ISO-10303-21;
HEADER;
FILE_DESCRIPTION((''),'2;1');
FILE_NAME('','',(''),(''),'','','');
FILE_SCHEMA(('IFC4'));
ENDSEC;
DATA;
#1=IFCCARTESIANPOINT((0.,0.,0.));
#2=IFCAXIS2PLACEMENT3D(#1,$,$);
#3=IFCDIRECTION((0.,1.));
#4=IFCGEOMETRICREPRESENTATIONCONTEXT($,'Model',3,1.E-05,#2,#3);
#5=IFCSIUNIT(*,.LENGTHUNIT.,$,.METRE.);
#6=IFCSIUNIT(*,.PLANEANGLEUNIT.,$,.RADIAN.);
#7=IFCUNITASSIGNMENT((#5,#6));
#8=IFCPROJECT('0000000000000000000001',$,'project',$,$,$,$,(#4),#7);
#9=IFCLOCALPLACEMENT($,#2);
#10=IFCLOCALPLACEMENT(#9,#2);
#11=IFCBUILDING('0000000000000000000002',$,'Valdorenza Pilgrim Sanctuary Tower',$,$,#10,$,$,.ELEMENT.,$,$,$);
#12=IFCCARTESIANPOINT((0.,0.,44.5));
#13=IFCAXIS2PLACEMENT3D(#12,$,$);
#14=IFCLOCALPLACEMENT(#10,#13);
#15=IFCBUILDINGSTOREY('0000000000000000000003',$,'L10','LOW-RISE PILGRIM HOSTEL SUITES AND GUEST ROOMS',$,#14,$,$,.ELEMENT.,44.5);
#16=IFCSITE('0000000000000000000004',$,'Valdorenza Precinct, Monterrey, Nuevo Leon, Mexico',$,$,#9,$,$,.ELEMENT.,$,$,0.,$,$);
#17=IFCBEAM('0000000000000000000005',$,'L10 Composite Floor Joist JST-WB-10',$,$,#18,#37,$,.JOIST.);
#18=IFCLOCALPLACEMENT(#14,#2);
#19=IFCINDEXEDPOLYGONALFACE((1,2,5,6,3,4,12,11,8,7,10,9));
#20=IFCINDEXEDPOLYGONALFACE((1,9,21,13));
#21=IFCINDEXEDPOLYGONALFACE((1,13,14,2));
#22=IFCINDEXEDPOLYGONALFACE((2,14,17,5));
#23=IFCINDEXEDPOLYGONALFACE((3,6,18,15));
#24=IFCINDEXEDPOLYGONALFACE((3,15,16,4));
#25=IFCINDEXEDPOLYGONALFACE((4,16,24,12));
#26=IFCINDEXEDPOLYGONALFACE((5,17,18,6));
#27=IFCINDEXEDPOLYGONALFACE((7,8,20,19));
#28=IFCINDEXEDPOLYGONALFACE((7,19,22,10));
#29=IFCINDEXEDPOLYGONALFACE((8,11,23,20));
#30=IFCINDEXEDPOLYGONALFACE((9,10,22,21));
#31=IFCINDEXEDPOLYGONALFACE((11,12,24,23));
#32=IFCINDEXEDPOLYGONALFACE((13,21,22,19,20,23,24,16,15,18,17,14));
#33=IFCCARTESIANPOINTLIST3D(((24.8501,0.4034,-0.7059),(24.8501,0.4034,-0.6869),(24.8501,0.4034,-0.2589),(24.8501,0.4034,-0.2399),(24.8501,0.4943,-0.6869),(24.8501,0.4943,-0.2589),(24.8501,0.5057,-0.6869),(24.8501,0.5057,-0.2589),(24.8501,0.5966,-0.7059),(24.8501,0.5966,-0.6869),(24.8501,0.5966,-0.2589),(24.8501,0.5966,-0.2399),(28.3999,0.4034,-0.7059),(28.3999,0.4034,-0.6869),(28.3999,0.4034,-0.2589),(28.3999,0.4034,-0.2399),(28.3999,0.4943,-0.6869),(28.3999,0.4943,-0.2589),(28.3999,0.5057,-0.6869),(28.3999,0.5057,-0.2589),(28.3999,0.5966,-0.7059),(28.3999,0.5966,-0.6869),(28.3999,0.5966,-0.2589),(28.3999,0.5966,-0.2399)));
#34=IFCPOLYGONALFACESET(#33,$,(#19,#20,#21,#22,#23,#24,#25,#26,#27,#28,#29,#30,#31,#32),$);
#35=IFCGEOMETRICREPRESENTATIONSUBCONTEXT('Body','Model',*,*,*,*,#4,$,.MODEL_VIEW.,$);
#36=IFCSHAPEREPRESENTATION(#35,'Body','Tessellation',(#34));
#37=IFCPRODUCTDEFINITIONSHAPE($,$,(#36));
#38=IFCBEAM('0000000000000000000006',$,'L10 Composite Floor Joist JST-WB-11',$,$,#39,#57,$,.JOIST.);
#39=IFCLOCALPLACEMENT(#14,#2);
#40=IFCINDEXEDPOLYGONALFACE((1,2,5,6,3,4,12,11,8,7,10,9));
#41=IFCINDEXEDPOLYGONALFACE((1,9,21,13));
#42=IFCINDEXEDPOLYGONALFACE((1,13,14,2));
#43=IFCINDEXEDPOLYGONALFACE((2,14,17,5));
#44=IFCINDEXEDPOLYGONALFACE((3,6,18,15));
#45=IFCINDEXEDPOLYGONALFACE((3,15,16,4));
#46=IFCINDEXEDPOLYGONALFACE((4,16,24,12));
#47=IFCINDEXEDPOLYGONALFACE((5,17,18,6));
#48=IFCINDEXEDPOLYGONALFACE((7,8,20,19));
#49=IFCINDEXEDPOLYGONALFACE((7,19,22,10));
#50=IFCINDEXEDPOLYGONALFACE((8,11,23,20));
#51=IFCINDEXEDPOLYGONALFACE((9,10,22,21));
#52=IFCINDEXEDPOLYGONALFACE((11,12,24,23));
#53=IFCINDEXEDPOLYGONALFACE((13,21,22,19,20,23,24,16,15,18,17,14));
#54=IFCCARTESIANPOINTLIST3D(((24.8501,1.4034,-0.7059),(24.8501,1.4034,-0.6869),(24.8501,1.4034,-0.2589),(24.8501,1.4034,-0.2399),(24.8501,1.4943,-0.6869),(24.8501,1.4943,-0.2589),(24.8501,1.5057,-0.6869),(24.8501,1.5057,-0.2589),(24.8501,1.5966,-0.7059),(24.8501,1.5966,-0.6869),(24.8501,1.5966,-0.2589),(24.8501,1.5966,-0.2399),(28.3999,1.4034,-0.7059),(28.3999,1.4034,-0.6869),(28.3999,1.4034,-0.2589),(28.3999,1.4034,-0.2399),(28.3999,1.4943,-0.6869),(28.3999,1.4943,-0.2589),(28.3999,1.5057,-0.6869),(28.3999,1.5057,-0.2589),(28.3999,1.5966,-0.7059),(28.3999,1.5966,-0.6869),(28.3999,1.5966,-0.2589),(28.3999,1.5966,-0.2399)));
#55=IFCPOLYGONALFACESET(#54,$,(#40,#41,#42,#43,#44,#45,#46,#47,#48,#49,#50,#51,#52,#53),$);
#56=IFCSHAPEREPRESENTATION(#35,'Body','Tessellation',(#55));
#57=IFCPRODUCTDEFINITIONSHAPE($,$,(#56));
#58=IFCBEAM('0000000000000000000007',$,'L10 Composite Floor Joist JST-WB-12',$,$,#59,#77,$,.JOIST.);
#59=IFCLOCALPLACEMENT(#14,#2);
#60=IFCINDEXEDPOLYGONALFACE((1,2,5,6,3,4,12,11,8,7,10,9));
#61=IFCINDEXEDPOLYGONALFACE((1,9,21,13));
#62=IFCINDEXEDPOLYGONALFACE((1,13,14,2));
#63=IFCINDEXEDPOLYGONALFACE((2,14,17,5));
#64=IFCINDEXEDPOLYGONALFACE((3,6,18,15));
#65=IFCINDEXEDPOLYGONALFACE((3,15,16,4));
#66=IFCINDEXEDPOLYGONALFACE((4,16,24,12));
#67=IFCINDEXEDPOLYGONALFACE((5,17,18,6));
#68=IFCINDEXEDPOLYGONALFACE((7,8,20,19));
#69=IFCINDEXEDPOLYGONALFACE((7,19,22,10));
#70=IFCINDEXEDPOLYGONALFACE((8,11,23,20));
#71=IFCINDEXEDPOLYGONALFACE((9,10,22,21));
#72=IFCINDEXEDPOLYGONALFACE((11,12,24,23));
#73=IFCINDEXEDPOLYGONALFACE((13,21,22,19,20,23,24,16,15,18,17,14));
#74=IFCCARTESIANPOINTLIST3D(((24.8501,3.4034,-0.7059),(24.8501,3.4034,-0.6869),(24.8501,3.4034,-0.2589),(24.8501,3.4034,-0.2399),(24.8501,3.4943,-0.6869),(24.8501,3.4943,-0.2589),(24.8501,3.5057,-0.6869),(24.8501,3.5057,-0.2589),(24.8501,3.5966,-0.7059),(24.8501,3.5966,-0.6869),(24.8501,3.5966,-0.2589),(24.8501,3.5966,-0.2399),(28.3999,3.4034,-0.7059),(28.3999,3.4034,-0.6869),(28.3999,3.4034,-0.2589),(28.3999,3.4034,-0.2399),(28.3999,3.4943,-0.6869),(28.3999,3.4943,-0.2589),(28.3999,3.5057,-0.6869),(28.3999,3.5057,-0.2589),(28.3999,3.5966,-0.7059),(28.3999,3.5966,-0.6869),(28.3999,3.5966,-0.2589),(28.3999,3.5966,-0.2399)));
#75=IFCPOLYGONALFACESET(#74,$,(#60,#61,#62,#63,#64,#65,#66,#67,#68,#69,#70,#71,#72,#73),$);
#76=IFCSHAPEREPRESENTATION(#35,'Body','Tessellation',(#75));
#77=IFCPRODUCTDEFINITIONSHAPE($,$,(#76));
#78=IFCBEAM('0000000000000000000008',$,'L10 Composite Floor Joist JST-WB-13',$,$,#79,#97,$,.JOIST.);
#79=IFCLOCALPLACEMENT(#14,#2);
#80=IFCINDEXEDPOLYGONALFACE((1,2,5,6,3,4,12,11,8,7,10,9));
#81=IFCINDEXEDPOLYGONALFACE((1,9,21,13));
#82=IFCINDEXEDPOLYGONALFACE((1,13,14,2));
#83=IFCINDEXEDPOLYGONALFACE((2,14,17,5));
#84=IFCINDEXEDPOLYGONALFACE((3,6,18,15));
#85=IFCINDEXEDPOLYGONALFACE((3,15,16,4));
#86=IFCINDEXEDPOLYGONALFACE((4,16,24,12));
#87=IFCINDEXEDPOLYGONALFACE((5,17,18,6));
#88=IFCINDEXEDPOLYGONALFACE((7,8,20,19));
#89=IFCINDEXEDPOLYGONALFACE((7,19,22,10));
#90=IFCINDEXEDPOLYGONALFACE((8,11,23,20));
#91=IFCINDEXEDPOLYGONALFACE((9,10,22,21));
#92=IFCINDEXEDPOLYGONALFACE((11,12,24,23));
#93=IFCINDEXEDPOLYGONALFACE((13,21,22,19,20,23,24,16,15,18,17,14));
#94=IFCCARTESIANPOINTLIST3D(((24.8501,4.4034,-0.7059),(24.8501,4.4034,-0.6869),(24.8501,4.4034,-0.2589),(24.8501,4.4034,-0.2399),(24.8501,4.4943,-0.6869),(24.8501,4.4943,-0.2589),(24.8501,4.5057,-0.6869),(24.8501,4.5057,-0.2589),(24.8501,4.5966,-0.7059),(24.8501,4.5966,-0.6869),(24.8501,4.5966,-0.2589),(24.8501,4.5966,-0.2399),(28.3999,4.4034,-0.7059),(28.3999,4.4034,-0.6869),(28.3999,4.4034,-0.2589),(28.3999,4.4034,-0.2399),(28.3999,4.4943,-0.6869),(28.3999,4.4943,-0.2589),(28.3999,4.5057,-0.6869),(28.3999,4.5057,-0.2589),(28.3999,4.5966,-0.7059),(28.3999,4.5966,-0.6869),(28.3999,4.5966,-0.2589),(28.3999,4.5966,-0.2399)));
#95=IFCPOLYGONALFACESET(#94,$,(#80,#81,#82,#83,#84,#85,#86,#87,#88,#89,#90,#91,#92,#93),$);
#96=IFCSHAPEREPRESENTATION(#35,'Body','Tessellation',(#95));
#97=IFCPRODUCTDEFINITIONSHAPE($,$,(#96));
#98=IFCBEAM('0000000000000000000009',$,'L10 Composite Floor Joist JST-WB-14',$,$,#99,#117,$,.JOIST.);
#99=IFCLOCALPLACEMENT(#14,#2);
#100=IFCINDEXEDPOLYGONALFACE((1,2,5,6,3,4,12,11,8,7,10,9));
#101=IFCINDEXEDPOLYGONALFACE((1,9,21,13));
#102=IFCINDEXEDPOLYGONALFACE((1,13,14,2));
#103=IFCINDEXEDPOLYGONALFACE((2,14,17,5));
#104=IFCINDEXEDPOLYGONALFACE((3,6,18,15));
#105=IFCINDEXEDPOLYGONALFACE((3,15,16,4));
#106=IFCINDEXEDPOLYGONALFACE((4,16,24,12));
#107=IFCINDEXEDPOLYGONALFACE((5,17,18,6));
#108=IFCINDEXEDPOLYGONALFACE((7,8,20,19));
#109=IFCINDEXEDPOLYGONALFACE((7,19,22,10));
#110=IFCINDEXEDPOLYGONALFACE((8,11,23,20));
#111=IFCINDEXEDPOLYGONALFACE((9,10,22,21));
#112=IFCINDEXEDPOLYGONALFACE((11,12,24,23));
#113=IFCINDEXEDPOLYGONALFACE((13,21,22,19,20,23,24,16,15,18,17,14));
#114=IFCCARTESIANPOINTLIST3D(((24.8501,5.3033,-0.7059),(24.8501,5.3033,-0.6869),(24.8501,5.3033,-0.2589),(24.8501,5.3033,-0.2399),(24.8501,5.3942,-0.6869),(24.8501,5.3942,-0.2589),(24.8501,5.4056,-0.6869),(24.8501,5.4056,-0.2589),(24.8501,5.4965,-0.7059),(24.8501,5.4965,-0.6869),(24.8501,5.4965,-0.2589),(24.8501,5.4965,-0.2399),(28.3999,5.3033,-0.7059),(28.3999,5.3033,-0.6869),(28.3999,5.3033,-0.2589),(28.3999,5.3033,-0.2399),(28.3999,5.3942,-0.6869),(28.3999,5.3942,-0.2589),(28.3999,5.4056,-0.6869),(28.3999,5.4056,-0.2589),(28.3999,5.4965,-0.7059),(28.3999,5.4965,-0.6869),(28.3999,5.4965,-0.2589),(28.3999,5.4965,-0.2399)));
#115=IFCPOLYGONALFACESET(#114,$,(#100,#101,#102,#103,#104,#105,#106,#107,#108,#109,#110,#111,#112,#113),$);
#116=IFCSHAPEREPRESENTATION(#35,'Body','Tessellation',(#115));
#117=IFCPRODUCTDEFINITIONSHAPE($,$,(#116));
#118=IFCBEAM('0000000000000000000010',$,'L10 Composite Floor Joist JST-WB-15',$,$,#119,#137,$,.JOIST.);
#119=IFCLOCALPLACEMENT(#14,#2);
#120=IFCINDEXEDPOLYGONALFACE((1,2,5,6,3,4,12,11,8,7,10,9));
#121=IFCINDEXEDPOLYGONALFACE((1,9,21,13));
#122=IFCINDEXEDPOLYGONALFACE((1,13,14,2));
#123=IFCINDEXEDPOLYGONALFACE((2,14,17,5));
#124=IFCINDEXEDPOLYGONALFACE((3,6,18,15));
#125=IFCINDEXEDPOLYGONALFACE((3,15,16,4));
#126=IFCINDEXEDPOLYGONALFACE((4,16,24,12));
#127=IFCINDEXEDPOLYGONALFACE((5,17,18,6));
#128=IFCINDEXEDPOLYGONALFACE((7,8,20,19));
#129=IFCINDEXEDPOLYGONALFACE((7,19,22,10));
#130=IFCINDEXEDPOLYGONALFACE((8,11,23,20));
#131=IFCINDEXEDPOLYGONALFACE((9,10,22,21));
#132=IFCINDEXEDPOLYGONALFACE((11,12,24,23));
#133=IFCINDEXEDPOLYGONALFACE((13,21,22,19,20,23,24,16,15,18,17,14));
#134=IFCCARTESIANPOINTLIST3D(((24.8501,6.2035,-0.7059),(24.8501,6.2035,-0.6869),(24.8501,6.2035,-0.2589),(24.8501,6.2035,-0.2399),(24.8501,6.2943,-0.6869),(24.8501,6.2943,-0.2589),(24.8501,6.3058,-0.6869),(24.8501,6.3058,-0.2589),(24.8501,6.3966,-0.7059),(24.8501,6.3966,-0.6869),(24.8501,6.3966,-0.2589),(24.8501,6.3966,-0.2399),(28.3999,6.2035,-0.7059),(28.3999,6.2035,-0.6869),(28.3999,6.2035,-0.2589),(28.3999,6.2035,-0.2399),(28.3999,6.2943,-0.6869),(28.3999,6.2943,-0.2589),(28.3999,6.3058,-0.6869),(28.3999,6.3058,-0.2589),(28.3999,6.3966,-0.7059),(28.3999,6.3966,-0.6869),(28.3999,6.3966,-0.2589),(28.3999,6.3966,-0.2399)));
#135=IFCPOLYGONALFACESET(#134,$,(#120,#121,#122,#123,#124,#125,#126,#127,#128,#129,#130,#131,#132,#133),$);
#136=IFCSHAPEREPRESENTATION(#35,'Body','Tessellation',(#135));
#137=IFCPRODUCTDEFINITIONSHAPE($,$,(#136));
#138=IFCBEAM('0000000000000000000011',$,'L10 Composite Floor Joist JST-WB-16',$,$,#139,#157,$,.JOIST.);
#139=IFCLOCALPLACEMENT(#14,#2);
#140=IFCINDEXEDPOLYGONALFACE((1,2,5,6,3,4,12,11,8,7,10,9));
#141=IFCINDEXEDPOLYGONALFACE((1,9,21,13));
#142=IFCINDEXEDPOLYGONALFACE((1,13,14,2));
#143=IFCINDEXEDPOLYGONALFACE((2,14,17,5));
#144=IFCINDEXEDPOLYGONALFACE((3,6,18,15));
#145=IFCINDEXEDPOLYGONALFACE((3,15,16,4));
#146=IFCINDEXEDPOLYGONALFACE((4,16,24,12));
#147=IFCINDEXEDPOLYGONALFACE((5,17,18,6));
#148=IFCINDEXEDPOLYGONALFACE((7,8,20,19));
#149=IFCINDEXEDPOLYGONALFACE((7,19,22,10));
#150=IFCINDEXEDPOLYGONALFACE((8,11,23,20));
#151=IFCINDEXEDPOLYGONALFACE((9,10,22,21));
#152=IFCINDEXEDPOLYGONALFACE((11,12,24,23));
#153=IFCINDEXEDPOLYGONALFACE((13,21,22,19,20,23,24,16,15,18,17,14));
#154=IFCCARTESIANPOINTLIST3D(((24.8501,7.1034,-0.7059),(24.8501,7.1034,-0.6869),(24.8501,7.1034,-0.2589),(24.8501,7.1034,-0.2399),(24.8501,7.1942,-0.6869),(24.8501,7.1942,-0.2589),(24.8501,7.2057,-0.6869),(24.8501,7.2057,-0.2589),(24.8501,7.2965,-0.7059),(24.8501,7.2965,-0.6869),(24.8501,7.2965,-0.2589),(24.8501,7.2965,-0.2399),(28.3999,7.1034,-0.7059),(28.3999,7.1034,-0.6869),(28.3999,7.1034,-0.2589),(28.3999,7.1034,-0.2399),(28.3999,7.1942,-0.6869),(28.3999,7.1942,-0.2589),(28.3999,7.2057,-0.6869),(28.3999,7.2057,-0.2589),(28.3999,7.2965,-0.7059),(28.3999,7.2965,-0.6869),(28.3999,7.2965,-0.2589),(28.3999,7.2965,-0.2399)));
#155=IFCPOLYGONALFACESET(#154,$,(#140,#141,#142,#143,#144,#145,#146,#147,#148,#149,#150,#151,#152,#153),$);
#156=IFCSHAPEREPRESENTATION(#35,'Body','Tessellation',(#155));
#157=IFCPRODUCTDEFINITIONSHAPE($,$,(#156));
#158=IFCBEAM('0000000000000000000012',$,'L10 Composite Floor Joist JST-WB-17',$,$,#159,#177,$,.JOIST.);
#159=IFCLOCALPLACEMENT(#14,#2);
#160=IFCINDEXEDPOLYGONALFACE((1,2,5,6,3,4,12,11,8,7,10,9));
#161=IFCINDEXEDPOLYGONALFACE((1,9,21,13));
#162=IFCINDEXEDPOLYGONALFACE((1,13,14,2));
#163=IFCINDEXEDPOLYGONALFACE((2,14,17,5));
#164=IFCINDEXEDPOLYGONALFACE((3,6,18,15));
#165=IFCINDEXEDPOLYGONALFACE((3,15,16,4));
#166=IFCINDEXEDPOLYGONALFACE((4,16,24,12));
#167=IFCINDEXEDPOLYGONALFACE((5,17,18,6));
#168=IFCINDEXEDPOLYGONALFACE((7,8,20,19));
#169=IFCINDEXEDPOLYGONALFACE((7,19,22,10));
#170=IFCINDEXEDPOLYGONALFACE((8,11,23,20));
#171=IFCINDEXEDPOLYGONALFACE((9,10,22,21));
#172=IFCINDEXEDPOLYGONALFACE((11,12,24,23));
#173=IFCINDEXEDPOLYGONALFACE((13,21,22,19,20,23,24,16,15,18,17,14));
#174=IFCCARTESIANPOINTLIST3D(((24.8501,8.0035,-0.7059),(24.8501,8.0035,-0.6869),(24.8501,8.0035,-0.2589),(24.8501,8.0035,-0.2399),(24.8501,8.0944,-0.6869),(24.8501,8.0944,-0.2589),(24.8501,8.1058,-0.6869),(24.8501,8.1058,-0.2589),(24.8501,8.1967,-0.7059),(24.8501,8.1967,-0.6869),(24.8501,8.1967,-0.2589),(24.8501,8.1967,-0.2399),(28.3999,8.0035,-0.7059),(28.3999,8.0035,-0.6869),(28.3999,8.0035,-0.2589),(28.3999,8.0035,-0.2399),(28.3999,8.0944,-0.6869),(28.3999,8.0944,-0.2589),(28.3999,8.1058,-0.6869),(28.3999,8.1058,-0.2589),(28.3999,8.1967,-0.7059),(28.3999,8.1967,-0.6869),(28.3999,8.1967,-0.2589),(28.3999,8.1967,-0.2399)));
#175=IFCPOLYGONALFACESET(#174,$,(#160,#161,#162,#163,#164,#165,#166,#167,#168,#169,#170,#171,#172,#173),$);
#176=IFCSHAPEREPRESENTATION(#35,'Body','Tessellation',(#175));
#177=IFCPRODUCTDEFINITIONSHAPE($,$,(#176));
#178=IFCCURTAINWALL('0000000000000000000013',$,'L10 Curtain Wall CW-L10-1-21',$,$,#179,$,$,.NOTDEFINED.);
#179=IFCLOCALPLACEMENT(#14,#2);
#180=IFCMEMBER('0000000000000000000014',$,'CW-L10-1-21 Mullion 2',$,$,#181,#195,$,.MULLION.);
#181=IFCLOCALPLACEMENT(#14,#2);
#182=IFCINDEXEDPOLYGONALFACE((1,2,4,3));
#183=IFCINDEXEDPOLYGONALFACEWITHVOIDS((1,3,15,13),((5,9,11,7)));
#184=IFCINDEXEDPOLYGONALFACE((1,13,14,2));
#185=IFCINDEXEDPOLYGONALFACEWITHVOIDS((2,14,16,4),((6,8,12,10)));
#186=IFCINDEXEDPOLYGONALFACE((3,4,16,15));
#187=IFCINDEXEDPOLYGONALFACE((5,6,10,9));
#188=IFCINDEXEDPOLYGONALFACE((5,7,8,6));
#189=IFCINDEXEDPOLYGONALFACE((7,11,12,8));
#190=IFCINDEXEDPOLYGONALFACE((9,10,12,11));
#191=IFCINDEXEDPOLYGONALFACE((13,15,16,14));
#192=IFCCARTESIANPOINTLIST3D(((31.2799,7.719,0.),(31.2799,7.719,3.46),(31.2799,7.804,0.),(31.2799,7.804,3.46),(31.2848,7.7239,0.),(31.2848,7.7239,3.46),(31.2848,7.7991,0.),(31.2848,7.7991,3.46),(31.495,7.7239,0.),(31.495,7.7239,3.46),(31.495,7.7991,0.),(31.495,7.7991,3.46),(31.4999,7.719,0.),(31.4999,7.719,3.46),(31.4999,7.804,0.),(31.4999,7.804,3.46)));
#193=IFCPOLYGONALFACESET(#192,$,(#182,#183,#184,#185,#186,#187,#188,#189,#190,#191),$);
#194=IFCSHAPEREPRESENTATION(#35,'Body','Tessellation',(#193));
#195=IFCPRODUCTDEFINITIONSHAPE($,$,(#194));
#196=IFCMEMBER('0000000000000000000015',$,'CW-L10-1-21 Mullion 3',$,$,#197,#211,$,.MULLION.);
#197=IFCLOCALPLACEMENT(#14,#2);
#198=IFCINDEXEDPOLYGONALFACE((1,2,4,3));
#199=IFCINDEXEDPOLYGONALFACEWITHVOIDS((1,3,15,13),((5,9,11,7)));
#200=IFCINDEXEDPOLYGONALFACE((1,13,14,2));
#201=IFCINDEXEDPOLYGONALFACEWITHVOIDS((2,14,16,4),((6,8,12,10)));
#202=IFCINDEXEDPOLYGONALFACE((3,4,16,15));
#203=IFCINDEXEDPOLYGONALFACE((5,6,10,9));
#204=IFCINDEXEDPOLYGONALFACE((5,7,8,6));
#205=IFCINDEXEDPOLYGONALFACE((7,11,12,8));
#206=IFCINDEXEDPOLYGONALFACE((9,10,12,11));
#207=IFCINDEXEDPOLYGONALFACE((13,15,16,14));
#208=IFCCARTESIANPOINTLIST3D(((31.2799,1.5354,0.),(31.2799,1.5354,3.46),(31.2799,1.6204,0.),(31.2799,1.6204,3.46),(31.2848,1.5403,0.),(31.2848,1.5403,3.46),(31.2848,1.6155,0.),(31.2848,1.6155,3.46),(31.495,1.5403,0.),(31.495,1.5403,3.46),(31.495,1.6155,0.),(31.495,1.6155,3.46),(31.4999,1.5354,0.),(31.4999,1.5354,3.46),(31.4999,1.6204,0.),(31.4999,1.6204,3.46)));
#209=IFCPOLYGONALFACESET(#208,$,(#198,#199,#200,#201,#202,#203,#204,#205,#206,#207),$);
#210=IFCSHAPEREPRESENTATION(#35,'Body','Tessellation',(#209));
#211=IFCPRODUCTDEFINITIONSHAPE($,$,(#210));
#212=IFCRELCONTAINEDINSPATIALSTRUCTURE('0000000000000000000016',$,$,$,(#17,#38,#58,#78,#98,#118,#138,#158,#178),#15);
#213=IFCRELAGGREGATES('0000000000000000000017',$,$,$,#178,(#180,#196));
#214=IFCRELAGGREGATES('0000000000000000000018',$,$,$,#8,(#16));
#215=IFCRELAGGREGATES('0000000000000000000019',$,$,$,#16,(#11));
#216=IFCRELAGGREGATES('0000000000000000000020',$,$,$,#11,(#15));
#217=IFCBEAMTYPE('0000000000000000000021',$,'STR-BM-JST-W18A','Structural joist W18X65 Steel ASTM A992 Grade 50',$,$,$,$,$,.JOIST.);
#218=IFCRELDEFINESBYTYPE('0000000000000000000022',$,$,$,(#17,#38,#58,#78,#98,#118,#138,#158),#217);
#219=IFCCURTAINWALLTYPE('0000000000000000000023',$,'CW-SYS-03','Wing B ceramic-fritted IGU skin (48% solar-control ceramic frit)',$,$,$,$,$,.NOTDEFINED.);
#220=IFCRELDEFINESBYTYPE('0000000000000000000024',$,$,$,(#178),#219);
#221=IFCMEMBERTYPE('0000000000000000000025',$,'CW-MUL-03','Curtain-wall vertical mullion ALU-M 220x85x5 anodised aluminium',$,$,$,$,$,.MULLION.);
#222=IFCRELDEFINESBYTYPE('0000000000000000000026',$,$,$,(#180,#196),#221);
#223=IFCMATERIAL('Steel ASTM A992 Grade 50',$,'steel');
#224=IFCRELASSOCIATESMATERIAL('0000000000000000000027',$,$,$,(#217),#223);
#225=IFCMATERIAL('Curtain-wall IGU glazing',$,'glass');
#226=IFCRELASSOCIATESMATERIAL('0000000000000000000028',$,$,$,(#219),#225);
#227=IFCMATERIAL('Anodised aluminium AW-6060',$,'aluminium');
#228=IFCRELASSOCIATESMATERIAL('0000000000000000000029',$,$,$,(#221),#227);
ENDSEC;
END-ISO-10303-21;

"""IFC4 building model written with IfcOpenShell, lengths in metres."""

from ifc_helpers import new_model, si_unit, direction, frame, origin, origin_2d, place, context, subcontext, project, spatial, hollow_rectangle, i_section, extrude, source, transform, mapped, material, material_profile, profile_set, type_object, element, aggregate, save


model = new_model("IFC4")

# Units and contexts
model_context = context("Model", 3, precision=1e-05, world=origin(), true_north=direction((0.0, 1.0)))
body_context = subcontext(model_context, "Body", "Model", "MODEL_VIEW")
ifc_project = project(units=[si_unit("LENGTHUNIT", "METRE"), si_unit("PLANEANGLEUNIT", "RADIAN")], contexts=[model_context])

# Site, building, storey
site_placement = place(None, origin())
site = spatial("IfcSite", under=ifc_project, at=site_placement, Name="Valdorenza Precinct, Monterrey, Nuevo Leon, Mexico", CompositionType="ELEMENT", RefElevation=0.0)
building_placement = place(site_placement, origin())
building = spatial("IfcBuilding", under=site, at=building_placement, Name="Valdorenza Pilgrim Sanctuary Tower", CompositionType="ELEMENT")
storey_placement = place(building_placement, frame((0.0, 0.0, 44.5)))
storey = spatial("IfcBuildingStorey", under=building, at=storey_placement, Name="L10", Description="LOW-RISE PILGRIM HOSTEL SUITES AND GUEST ROOMS", CompositionType="ELEMENT", Elevation=44.5)

# Beams
ifc_material_1 = material(Name="Steel ASTM A992 Grade 50", Category="steel")
ifc_material_profile_1 = material_profile(ifc_material_1, i_section(OverallWidth=0.1931, OverallDepth=0.4661, WebThickness=0.0115, FlangeThickness=0.019, at=origin_2d()), Name="W18X65")
ifc_profile_set_1 = profile_set([ifc_material_profile_1], Name="Steel ASTM A992 Grade 50")
beam_type = type_object("IfcBeamType", Name="STR-BM-JST-W18A", Description="Structural joist W18X65 Steel ASTM A992 Grade 50", PredefinedType="JOIST", material=ifc_profile_set_1)
shared_shape_1 = source(origin(), body_context, "Body", "SweptSolid", [
    extrude(i_section(OverallWidth=0.1931, OverallDepth=0.4661, WebThickness=0.0115, FlangeThickness=0.019, at=origin_2d()), origin(), (0.0, 0.0, 1.0), 3.5498),
])
for number, where, z_axis, x_axis, name in (
    (1, (24.8501, 0.5, -0.4729), (1.0, 0.0, 0.0), (0.0, 1.0, 0.0), "L10 Composite Floor Joist JST-WB-10"),
    (2, (24.8501, 1.5, -0.4729), (1.0, 0.0, 0.0), (0.0, 1.0, 0.0), "L10 Composite Floor Joist JST-WB-11"),
    (3, (24.8501, 3.5, -0.4729), (1.0, 0.0, 0.0), (0.0, 1.0, 0.0), "L10 Composite Floor Joist JST-WB-12"),
    (4, (24.8501, 4.5, -0.4729), (1.0, 0.0, 0.0), (0.0, 1.0, 0.0), "L10 Composite Floor Joist JST-WB-13"),
    (5, (24.8501, 5.3999, -0.4729), (1.0, 0.0, 0.0), (0.0, 1.0, 0.0), "L10 Composite Floor Joist JST-WB-14"),
    (6, (24.8501, 6.3, -0.4729), (1.0, 0.0, 0.0), (0.0, 1.0, 0.0), "L10 Composite Floor Joist JST-WB-15"),
    (7, (24.8501, 7.2, -0.4729), (1.0, 0.0, 0.0), (0.0, 1.0, 0.0), "L10 Composite Floor Joist JST-WB-16"),
    (8, (24.8501, 8.1001, -0.4729), (1.0, 0.0, 0.0), (0.0, 1.0, 0.0), "L10 Composite Floor Joist JST-WB-17"),
):
    element("IfcBeam", number, at=place(storey_placement, frame(where, z_axis=z_axis, x_axis=x_axis)), inside=storey, type_object=beam_type, Name=name, PredefinedType="JOIST", context=body_context, shape_type="MappedRepresentation", body=[
        mapped(shared_shape_1, transform((0.0, 0.0, 0.0), x_axis=(1.0, 0.0, 0.0), y_axis=(0.0, 1.0, 0.0), z_axis=(0.0, 0.0, 1.0), scale=1.0)),
    ])

# Curtain wall, members
ifc_material_2 = material(Name="Curtain-wall IGU glazing", Category="glass")
curtain_wall_type = type_object("IfcCurtainWallType", Name="CW-SYS-03", Description="Wing B ceramic-fritted IGU skin (48% solar-control ceramic frit)", PredefinedType="NOTDEFINED", material=ifc_material_2)
curtain_wall_placement = place(storey_placement, origin())
curtain_wall = element("IfcCurtainWall", 9, at=curtain_wall_placement, inside=storey, type_object=curtain_wall_type, Name="L10 Curtain Wall CW-L10-1-21", PredefinedType="NOTDEFINED")
ifc_material_3 = material(Name="Anodised aluminium AW-6060", Category="aluminium")
ifc_material_profile_2 = material_profile(ifc_material_3, hollow_rectangle(XDim=0.085, YDim=0.22, WallThickness=0.0049, at=origin_2d()), Name="ALU-M 220x85x5")
ifc_profile_set_2 = profile_set([ifc_material_profile_2], Name="Anodised aluminium AW-6060")
member_type = type_object("IfcMemberType", Name="CW-MUL-03", Description="Curtain-wall vertical mullion ALU-M 220x85x5 anodised aluminium", PredefinedType="MULLION", material=ifc_profile_set_2)
shared_shape_2 = source(origin(), body_context, "Body", "SweptSolid", [
    extrude(hollow_rectangle(XDim=0.085, YDim=0.22, WallThickness=0.0049, at=origin_2d()), origin(), (0.0, 0.0, 1.0), 3.46),
])
member_1_placement = place(storey_placement, frame((31.3899, 7.7615, 0.0), z_axis=(0.0, 0.0, 1.0), x_axis=(0.0, -1.0, 0.0)))
member_1 = element("IfcMember", 10, at=member_1_placement, type_object=member_type, Name="CW-L10-1-21 Mullion 2", PredefinedType="MULLION", context=body_context, shape_type="MappedRepresentation", body=[
    mapped(shared_shape_2, transform((0.0, 0.0, 0.0), x_axis=(1.0, 0.0, 0.0), y_axis=(0.0, 1.0, 0.0), z_axis=(0.0, 0.0, 1.0), scale=1.0)),
])
member_2_placement = place(storey_placement, frame((31.3899, 1.5779, 0.0), z_axis=(0.0, 0.0, 1.0), x_axis=(0.0, -1.0, 0.0)))
member_2 = element("IfcMember", 11, at=member_2_placement, type_object=member_type, Name="CW-L10-1-21 Mullion 3", PredefinedType="MULLION", context=body_context, shape_type="MappedRepresentation", body=[
    mapped(shared_shape_2, transform((0.0, 0.0, 0.0), x_axis=(1.0, 0.0, 0.0), y_axis=(0.0, 1.0, 0.0), z_axis=(0.0, 0.0, 1.0), scale=1.0)),
])
aggregate(curtain_wall, [member_1, member_2])

save(model, "model.ifc")
